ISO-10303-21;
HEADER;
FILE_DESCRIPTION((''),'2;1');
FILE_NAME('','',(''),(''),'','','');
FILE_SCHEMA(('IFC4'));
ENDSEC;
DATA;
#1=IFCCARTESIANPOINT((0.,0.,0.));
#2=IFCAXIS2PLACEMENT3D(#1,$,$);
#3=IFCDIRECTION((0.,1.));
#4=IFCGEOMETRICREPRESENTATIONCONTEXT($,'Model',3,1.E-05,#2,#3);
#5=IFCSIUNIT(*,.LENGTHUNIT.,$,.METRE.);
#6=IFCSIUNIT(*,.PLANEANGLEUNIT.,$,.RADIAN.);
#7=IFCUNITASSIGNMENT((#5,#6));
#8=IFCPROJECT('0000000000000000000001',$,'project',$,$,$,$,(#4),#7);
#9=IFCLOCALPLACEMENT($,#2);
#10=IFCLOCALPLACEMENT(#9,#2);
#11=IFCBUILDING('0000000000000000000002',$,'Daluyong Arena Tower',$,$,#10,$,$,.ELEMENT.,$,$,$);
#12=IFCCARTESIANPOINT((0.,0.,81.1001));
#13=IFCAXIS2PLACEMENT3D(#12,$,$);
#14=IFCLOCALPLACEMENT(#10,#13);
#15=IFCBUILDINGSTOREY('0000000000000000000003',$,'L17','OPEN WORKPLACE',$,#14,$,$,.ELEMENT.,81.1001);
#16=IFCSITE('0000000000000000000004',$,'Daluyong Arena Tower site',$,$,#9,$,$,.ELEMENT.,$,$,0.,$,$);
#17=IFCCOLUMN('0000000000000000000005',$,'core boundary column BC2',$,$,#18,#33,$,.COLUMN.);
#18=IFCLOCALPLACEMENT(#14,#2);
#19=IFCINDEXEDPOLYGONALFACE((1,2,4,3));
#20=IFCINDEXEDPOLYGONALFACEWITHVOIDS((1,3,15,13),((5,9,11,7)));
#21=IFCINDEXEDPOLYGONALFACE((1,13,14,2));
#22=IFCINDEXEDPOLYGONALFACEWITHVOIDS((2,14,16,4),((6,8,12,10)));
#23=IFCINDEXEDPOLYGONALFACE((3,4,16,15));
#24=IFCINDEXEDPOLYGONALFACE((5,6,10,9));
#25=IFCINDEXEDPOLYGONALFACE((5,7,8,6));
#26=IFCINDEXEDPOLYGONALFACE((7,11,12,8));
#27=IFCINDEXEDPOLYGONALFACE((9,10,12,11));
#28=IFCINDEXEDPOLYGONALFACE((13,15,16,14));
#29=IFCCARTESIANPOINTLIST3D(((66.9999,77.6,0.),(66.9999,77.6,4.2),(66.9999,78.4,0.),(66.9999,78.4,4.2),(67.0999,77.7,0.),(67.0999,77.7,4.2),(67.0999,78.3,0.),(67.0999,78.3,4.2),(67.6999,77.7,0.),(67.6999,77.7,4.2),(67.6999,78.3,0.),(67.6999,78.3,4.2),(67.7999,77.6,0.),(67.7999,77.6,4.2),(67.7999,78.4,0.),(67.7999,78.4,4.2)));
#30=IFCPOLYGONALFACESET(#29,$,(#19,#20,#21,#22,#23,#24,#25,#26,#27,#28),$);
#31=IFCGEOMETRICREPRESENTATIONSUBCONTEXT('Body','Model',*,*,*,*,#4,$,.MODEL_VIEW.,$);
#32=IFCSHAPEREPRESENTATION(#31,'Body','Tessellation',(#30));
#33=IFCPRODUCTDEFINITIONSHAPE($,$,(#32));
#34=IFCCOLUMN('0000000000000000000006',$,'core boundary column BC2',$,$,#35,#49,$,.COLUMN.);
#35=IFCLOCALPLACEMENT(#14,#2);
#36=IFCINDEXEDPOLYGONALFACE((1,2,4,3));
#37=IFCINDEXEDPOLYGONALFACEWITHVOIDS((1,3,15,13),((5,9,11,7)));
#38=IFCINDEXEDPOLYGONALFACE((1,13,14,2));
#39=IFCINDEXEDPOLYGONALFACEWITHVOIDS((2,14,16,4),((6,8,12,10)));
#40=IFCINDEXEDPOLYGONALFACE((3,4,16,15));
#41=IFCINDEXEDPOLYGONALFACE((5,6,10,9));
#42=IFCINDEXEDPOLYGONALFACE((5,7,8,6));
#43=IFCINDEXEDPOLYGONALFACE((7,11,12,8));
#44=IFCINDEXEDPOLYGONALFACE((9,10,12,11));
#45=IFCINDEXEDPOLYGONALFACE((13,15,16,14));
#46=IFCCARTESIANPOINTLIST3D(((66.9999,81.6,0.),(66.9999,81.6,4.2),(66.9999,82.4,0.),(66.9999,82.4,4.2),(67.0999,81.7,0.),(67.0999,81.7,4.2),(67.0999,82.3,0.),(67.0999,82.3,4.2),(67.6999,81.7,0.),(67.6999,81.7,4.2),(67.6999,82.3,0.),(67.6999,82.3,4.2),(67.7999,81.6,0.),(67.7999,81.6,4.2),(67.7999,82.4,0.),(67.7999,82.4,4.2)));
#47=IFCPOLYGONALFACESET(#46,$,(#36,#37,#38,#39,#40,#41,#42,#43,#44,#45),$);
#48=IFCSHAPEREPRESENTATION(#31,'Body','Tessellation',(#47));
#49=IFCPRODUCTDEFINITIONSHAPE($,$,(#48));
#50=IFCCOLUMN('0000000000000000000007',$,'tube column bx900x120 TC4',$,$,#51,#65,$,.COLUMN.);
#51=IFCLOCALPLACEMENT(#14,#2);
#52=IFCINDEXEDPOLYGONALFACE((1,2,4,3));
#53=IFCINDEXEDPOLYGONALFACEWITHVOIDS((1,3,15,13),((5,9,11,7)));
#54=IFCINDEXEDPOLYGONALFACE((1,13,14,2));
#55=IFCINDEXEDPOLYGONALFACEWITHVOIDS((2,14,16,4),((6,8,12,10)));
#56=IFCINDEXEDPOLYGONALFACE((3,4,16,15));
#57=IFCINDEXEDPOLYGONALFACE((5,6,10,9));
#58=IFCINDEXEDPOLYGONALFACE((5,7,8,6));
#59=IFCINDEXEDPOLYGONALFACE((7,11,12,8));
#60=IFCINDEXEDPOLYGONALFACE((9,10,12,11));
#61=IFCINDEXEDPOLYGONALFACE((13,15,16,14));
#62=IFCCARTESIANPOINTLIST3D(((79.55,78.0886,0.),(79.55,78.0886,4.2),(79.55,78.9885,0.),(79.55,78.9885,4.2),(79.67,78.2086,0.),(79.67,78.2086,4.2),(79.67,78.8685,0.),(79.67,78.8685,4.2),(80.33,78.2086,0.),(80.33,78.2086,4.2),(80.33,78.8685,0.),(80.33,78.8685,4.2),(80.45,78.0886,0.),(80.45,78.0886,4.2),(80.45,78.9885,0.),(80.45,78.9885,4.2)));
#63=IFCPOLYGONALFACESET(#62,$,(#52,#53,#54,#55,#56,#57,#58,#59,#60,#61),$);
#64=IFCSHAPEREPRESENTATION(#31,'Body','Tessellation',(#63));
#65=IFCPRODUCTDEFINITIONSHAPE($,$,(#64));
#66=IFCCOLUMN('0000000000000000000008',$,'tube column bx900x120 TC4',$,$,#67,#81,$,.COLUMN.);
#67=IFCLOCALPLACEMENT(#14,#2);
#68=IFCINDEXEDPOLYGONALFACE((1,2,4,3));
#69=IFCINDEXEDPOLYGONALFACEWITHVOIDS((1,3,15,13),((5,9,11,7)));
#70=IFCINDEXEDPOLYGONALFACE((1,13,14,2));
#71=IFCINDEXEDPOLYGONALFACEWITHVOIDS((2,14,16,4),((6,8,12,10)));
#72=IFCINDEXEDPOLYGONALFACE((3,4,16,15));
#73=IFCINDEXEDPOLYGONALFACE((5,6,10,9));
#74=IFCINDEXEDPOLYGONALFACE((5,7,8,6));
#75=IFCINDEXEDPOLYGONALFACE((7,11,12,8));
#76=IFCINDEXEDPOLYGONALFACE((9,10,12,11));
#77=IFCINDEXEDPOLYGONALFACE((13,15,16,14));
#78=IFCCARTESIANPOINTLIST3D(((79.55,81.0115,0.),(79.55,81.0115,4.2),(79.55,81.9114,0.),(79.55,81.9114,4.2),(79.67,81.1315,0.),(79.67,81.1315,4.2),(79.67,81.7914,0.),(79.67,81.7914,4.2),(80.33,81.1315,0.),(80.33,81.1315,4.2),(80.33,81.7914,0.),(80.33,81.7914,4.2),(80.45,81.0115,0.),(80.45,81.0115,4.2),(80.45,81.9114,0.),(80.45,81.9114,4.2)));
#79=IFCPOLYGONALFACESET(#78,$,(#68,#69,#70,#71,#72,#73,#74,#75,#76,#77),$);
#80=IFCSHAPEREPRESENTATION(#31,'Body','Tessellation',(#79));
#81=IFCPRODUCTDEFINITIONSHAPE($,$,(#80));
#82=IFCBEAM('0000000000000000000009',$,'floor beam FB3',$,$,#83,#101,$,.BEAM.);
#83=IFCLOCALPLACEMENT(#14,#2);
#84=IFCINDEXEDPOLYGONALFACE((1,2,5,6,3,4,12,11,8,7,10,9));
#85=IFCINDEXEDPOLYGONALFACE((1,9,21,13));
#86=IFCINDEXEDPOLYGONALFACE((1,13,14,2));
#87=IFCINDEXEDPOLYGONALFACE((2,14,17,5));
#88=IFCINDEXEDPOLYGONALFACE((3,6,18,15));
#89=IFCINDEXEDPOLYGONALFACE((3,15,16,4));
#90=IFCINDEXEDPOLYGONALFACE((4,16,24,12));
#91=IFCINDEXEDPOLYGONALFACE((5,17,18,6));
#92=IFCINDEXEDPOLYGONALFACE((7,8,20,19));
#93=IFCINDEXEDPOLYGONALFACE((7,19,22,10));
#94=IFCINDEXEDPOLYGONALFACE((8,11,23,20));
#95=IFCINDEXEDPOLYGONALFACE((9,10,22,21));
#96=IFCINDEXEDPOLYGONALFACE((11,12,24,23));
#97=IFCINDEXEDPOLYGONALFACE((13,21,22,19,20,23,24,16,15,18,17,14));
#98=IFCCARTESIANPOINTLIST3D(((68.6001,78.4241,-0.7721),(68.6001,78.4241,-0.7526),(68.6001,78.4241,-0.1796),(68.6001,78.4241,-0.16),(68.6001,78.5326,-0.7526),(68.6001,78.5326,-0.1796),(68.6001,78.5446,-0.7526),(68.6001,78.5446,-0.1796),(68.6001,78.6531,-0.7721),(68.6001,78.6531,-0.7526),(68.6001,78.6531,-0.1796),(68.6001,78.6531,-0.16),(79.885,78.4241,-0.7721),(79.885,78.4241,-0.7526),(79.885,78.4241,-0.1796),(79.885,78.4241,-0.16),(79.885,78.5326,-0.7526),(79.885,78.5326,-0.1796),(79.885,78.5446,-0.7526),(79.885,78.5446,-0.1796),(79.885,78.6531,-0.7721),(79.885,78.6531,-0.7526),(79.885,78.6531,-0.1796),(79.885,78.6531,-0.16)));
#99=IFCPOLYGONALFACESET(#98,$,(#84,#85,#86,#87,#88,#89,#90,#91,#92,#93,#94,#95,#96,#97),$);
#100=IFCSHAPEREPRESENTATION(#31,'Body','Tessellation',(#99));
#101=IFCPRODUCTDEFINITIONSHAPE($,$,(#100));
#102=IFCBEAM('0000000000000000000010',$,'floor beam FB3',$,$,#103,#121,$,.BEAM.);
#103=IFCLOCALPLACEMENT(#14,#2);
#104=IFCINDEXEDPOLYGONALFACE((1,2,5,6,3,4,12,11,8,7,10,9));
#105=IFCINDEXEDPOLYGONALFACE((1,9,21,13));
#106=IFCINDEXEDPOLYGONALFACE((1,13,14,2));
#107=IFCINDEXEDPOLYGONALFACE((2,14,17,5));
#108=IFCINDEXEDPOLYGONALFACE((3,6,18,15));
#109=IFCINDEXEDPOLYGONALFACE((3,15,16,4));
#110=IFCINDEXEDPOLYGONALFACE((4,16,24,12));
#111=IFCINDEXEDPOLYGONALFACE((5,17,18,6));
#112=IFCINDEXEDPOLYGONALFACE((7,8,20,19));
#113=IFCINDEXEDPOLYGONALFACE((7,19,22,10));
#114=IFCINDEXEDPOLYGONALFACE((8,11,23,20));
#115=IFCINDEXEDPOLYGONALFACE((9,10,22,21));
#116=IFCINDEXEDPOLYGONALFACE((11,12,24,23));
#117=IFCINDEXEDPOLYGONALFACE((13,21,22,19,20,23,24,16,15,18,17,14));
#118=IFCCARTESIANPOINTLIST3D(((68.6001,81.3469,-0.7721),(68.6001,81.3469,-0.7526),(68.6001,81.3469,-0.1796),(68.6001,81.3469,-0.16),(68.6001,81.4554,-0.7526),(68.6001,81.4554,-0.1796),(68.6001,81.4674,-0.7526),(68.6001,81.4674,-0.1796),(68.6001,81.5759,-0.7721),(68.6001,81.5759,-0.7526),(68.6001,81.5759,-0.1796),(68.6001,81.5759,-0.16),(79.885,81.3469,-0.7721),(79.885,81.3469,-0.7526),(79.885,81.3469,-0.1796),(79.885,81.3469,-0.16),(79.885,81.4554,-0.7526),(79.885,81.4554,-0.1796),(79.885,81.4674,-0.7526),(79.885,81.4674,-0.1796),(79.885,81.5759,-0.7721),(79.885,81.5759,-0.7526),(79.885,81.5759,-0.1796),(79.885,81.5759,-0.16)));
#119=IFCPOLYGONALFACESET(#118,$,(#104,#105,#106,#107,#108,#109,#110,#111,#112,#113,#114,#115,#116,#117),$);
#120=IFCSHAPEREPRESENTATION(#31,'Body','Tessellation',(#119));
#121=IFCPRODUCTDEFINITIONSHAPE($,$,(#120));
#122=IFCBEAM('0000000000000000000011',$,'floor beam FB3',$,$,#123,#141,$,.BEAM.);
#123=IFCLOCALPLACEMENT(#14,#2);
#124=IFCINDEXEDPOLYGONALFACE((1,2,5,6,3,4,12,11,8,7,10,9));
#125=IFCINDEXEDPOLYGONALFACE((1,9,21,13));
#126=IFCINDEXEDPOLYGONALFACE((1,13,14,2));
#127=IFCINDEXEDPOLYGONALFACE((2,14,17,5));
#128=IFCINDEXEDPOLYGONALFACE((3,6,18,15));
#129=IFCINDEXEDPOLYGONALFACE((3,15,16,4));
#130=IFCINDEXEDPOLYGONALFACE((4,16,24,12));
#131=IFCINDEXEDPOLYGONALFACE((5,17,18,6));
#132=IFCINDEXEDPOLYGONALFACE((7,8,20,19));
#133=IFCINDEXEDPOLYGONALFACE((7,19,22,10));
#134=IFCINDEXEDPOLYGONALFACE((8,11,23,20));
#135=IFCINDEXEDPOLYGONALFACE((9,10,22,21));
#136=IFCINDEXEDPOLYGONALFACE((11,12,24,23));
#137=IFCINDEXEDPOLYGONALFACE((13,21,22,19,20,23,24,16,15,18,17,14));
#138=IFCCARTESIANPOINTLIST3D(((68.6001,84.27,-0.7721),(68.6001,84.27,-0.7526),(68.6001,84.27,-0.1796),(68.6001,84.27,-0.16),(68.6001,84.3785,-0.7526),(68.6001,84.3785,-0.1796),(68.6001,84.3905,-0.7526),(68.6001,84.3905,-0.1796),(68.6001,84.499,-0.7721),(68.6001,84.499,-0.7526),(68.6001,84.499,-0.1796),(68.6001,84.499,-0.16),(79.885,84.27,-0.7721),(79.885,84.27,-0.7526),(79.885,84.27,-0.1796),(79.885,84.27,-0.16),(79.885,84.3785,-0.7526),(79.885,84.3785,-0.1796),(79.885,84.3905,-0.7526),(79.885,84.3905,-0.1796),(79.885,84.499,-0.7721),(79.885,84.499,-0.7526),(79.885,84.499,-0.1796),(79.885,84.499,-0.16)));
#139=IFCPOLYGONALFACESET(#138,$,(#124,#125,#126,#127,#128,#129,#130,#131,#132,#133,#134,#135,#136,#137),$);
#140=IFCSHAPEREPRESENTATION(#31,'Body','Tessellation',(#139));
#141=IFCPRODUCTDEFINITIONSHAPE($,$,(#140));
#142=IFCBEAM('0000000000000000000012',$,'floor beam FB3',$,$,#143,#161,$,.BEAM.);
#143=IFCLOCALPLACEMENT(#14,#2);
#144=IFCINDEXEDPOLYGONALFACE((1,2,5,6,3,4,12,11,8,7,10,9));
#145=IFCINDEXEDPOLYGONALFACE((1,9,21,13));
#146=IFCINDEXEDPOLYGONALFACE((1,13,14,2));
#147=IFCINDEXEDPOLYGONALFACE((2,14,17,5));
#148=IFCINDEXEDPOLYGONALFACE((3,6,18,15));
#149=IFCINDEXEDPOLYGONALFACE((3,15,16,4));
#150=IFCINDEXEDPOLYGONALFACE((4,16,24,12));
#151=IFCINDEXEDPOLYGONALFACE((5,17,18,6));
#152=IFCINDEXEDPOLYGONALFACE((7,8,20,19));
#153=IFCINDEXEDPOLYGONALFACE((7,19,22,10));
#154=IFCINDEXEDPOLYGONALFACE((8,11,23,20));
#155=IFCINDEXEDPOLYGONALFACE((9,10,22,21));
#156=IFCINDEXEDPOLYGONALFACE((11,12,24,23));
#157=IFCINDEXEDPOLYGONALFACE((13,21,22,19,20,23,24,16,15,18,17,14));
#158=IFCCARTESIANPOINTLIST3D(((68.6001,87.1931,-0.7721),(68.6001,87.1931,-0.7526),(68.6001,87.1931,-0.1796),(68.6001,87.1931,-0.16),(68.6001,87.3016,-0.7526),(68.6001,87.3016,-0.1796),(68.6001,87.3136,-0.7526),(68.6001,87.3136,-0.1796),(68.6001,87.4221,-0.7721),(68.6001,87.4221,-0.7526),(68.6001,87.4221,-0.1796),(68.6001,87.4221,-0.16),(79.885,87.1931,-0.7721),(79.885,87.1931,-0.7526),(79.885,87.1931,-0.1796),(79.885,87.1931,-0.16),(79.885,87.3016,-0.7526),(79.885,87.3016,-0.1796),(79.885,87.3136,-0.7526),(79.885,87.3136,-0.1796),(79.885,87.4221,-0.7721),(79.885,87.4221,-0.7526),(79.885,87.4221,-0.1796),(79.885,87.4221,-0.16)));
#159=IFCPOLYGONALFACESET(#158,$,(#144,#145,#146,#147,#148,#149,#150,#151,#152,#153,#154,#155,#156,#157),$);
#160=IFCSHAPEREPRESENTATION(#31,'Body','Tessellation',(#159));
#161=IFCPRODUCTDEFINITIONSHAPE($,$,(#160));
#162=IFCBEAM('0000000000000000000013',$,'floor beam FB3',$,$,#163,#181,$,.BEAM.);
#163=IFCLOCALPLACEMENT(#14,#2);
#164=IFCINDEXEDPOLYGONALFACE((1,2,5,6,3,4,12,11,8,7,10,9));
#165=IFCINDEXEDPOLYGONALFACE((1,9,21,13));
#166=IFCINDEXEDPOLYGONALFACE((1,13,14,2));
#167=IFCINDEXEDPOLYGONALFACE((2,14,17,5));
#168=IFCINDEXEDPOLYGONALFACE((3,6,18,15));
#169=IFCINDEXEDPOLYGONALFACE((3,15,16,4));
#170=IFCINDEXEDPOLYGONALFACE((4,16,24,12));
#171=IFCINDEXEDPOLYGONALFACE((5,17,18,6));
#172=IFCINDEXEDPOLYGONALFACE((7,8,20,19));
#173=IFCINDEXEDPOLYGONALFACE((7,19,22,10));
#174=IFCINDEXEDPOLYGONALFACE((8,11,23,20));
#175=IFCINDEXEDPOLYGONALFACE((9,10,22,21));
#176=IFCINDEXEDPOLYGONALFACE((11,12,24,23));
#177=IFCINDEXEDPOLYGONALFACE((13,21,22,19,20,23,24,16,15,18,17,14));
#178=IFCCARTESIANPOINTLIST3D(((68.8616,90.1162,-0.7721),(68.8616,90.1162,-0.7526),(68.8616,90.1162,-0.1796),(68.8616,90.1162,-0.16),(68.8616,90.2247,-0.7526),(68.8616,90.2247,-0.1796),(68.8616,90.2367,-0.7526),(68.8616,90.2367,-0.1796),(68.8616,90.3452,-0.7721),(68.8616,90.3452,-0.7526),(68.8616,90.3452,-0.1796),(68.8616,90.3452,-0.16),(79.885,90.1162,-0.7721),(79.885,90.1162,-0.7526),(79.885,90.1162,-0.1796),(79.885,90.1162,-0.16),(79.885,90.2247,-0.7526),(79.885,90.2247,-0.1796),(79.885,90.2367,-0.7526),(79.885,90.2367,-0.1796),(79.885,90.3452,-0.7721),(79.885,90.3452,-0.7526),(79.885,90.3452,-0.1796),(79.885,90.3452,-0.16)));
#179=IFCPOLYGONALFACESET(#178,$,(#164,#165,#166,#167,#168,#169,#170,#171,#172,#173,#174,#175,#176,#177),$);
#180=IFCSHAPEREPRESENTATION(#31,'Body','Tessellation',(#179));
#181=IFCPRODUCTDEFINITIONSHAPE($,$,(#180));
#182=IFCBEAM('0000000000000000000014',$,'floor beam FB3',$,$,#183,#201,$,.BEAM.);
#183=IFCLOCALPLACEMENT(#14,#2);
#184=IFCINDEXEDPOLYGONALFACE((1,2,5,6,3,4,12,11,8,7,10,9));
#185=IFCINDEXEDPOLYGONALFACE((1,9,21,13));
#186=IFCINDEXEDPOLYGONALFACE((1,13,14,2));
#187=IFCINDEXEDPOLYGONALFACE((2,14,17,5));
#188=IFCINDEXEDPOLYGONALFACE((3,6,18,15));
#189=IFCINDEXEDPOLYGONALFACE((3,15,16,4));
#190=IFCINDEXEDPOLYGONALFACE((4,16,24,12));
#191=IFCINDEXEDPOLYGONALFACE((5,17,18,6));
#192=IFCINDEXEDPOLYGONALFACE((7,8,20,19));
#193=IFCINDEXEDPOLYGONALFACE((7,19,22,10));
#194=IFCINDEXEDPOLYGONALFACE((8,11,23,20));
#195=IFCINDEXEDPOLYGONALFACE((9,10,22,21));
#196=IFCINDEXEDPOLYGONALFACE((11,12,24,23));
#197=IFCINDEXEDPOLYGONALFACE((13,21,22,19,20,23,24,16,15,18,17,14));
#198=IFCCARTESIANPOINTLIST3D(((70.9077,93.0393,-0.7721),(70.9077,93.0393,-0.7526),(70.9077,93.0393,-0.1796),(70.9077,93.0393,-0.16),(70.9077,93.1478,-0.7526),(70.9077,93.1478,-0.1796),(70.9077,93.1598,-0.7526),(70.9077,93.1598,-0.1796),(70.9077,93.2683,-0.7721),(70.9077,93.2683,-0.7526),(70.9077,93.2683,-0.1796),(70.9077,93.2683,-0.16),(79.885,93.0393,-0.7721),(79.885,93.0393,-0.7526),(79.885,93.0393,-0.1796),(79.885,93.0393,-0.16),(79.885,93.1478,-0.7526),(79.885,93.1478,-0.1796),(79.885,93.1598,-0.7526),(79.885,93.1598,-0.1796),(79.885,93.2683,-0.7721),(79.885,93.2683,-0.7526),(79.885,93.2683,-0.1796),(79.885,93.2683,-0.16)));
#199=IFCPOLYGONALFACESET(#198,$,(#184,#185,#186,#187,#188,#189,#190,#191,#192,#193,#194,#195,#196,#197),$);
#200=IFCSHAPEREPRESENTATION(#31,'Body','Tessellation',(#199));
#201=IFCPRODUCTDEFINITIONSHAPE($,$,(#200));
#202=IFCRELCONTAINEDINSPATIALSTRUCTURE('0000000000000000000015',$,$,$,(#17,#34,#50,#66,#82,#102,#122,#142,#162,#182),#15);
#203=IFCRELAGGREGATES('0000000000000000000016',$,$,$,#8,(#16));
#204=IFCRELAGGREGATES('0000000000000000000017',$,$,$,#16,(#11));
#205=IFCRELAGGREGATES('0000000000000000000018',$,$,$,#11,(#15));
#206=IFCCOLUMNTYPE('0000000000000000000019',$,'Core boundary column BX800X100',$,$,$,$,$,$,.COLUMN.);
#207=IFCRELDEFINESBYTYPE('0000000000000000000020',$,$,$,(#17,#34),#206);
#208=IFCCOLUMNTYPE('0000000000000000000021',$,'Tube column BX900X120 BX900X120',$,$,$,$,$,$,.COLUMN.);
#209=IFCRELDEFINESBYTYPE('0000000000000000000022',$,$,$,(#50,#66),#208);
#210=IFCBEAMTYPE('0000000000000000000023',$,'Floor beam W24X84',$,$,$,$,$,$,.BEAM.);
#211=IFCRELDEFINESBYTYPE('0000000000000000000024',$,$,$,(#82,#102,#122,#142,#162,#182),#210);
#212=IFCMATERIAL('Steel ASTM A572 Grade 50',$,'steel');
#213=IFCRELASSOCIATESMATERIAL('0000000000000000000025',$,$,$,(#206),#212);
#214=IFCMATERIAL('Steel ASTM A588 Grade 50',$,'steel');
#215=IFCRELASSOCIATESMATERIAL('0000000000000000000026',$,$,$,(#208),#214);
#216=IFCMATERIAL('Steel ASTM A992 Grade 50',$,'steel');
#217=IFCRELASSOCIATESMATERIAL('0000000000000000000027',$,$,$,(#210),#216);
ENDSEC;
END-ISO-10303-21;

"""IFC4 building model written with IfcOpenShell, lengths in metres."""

from ifc_helpers import new_model, si_unit, direction, frame, origin, origin_2d, place, context, subcontext, project, spatial, hollow_rectangle, i_section, extrude, material, material_profile, profile_set, type_object, element, save


model = new_model("IFC4")

# Units and contexts
model_context = context("Model", 3, precision=1e-05, world=origin(), true_north=direction((0.0, 1.0)))
body_context = subcontext(model_context, "Body", "Model", "MODEL_VIEW")
ifc_project = project(units=[si_unit("LENGTHUNIT", "METRE"), si_unit("PLANEANGLEUNIT", "RADIAN")], contexts=[model_context])

# Site, building, storey
site_placement = place(None, origin())
site = spatial("IfcSite", under=ifc_project, at=site_placement, Name="Daluyong Arena Tower site", CompositionType="ELEMENT", RefElevation=0.0)
building_placement = place(site_placement, origin())
building = spatial("IfcBuilding", under=site, at=building_placement, Name="Daluyong Arena Tower", CompositionType="ELEMENT")
storey_placement = place(building_placement, frame((0.0, 0.0, 81.1001)))
storey = spatial("IfcBuildingStorey", under=building, at=storey_placement, Name="L17", Description="OPEN WORKPLACE", CompositionType="ELEMENT", Elevation=81.1001)

# Columns
ifc_material_1 = material(Name="Steel ASTM A572 Grade 50", Category="steel")
ifc_material_profile_1 = material_profile(ifc_material_1, hollow_rectangle(XDim=0.8, YDim=0.8, WallThickness=0.1, at=origin_2d()))
ifc_profile_set_1 = profile_set([ifc_material_profile_1], Name="Steel ASTM A572 Grade 50")
column_type_1 = type_object("IfcColumnType", Name="Core boundary column BX800X100", PredefinedType="COLUMN", material=ifc_profile_set_1)
for number, where, z_axis, x_axis, name in (
    (1, (67.3999, 78.0, 0.0), (0.0, 0.0, 1.0), (1.0, 0.0, 0.0), "core boundary column BC2"),
    (2, (67.3999, 82.0, 0.0), (0.0, 0.0, 1.0), (1.0, 0.0, 0.0), "core boundary column BC2"),
):
    element("IfcColumn", number, at=place(storey_placement, frame(where, z_axis=z_axis, x_axis=x_axis)), inside=storey, type_object=column_type_1, Name=name, PredefinedType="COLUMN", context=body_context, shape_type="SweptSolid", body=[
        extrude(hollow_rectangle(XDim=0.8, YDim=0.8, WallThickness=0.1, at=origin_2d()), origin(), (0.0, 0.0, 1.0), 4.2),
    ])
ifc_material_2 = material(Name="Steel ASTM A588 Grade 50", Category="steel")
ifc_material_profile_2 = material_profile(ifc_material_2, hollow_rectangle(XDim=0.8999, YDim=0.8999, WallThickness=0.12, at=origin_2d()))
ifc_profile_set_2 = profile_set([ifc_material_profile_2], Name="Steel ASTM A588 Grade 50")
column_type_2 = type_object("IfcColumnType", Name="Tube column BX900X120 BX900X120", PredefinedType="COLUMN", material=ifc_profile_set_2)
for number, where, z_axis, x_axis, name in (
    (3, (80.0, 78.5386, 0.0), (0.0, 0.0, 1.0), (0.0, 1.0, 0.0), "tube column bx900x120 TC4"),
    (4, (80.0, 81.4614, 0.0), (0.0, 0.0, 1.0), (0.0, 1.0, 0.0), "tube column bx900x120 TC4"),
):
    element("IfcColumn", number, at=place(storey_placement, frame(where, z_axis=z_axis, x_axis=x_axis)), inside=storey, type_object=column_type_2, Name=name, PredefinedType="COLUMN", context=body_context, shape_type="SweptSolid", body=[
        extrude(hollow_rectangle(XDim=0.8999, YDim=0.8999, WallThickness=0.12, at=origin_2d()), origin(), (0.0, 0.0, 1.0), 4.2),
    ])

# Beams
ifc_material_3 = material(Name="Steel ASTM A992 Grade 50", Category="steel")
ifc_material_profile_3 = material_profile(ifc_material_3, i_section(OverallWidth=0.229, OverallDepth=0.6121, WebThickness=0.012, FlangeThickness=0.0195, at=origin_2d()))
ifc_profile_set_3 = profile_set([ifc_material_profile_3], Name="Steel ASTM A992 Grade 50")
beam_type_1 = type_object("IfcBeamType", Name="Floor beam W24X84", PredefinedType="BEAM", material=ifc_profile_set_3)
for number, where, z_axis, x_axis, name in (
    (5, (79.885, 78.5386, -0.4661), (-1.0, 0.0, 0.0), (0.0, -1.0, 0.0), "floor beam FB3"),
    (6, (79.885, 81.4614, -0.4661), (-1.0, 0.0, 0.0), (0.0, -1.0, 0.0), "floor beam FB3"),
    (7, (79.885, 84.3845, -0.4661), (-1.0, 0.0, 0.0), (0.0, -1.0, 0.0), "floor beam FB3"),
    (8, (79.885, 87.3076, -0.4661), (-1.0, 0.0, 0.0), (0.0, -1.0, 0.0), "floor beam FB3"),
):
    element("IfcBeam", number, at=place(storey_placement, frame(where, z_axis=z_axis, x_axis=x_axis)), inside=storey, type_object=beam_type_1, Name=name, PredefinedType="BEAM", context=body_context, shape_type="SweptSolid", body=[
        extrude(i_section(OverallWidth=0.229, OverallDepth=0.6121, WebThickness=0.012, FlangeThickness=0.0195, at=origin_2d()), origin(), (0.0, 0.0, 1.0), 11.2849),
    ])
beam_1_placement = place(storey_placement, frame((79.885, 90.2307, -0.4661), z_axis=(-1.0, 0.0, 0.0), x_axis=(0.0, -1.0, 0.0)))
element("IfcBeam", 9, at=beam_1_placement, inside=storey, type_object=beam_type_1, Name="floor beam FB3", PredefinedType="BEAM", context=body_context, shape_type="SweptSolid", body=[
    extrude(i_section(OverallWidth=0.229, OverallDepth=0.6121, WebThickness=0.012, FlangeThickness=0.0195, at=origin_2d()), origin(), (0.0, 0.0, 1.0), 11.0234),
])
beam_2_placement = place(storey_placement, frame((79.885, 93.1538, -0.4661), z_axis=(-1.0, 0.0, 0.0), x_axis=(0.0, -1.0, 0.0)))
element("IfcBeam", 10, at=beam_2_placement, inside=storey, type_object=beam_type_1, Name="floor beam FB3", PredefinedType="BEAM", context=body_context, shape_type="SweptSolid", body=[
    extrude(i_section(OverallWidth=0.229, OverallDepth=0.6121, WebThickness=0.012, FlangeThickness=0.0195, at=origin_2d()), origin(), (0.0, 0.0, 1.0), 8.9773),
])

save(model, "model.ifc")
